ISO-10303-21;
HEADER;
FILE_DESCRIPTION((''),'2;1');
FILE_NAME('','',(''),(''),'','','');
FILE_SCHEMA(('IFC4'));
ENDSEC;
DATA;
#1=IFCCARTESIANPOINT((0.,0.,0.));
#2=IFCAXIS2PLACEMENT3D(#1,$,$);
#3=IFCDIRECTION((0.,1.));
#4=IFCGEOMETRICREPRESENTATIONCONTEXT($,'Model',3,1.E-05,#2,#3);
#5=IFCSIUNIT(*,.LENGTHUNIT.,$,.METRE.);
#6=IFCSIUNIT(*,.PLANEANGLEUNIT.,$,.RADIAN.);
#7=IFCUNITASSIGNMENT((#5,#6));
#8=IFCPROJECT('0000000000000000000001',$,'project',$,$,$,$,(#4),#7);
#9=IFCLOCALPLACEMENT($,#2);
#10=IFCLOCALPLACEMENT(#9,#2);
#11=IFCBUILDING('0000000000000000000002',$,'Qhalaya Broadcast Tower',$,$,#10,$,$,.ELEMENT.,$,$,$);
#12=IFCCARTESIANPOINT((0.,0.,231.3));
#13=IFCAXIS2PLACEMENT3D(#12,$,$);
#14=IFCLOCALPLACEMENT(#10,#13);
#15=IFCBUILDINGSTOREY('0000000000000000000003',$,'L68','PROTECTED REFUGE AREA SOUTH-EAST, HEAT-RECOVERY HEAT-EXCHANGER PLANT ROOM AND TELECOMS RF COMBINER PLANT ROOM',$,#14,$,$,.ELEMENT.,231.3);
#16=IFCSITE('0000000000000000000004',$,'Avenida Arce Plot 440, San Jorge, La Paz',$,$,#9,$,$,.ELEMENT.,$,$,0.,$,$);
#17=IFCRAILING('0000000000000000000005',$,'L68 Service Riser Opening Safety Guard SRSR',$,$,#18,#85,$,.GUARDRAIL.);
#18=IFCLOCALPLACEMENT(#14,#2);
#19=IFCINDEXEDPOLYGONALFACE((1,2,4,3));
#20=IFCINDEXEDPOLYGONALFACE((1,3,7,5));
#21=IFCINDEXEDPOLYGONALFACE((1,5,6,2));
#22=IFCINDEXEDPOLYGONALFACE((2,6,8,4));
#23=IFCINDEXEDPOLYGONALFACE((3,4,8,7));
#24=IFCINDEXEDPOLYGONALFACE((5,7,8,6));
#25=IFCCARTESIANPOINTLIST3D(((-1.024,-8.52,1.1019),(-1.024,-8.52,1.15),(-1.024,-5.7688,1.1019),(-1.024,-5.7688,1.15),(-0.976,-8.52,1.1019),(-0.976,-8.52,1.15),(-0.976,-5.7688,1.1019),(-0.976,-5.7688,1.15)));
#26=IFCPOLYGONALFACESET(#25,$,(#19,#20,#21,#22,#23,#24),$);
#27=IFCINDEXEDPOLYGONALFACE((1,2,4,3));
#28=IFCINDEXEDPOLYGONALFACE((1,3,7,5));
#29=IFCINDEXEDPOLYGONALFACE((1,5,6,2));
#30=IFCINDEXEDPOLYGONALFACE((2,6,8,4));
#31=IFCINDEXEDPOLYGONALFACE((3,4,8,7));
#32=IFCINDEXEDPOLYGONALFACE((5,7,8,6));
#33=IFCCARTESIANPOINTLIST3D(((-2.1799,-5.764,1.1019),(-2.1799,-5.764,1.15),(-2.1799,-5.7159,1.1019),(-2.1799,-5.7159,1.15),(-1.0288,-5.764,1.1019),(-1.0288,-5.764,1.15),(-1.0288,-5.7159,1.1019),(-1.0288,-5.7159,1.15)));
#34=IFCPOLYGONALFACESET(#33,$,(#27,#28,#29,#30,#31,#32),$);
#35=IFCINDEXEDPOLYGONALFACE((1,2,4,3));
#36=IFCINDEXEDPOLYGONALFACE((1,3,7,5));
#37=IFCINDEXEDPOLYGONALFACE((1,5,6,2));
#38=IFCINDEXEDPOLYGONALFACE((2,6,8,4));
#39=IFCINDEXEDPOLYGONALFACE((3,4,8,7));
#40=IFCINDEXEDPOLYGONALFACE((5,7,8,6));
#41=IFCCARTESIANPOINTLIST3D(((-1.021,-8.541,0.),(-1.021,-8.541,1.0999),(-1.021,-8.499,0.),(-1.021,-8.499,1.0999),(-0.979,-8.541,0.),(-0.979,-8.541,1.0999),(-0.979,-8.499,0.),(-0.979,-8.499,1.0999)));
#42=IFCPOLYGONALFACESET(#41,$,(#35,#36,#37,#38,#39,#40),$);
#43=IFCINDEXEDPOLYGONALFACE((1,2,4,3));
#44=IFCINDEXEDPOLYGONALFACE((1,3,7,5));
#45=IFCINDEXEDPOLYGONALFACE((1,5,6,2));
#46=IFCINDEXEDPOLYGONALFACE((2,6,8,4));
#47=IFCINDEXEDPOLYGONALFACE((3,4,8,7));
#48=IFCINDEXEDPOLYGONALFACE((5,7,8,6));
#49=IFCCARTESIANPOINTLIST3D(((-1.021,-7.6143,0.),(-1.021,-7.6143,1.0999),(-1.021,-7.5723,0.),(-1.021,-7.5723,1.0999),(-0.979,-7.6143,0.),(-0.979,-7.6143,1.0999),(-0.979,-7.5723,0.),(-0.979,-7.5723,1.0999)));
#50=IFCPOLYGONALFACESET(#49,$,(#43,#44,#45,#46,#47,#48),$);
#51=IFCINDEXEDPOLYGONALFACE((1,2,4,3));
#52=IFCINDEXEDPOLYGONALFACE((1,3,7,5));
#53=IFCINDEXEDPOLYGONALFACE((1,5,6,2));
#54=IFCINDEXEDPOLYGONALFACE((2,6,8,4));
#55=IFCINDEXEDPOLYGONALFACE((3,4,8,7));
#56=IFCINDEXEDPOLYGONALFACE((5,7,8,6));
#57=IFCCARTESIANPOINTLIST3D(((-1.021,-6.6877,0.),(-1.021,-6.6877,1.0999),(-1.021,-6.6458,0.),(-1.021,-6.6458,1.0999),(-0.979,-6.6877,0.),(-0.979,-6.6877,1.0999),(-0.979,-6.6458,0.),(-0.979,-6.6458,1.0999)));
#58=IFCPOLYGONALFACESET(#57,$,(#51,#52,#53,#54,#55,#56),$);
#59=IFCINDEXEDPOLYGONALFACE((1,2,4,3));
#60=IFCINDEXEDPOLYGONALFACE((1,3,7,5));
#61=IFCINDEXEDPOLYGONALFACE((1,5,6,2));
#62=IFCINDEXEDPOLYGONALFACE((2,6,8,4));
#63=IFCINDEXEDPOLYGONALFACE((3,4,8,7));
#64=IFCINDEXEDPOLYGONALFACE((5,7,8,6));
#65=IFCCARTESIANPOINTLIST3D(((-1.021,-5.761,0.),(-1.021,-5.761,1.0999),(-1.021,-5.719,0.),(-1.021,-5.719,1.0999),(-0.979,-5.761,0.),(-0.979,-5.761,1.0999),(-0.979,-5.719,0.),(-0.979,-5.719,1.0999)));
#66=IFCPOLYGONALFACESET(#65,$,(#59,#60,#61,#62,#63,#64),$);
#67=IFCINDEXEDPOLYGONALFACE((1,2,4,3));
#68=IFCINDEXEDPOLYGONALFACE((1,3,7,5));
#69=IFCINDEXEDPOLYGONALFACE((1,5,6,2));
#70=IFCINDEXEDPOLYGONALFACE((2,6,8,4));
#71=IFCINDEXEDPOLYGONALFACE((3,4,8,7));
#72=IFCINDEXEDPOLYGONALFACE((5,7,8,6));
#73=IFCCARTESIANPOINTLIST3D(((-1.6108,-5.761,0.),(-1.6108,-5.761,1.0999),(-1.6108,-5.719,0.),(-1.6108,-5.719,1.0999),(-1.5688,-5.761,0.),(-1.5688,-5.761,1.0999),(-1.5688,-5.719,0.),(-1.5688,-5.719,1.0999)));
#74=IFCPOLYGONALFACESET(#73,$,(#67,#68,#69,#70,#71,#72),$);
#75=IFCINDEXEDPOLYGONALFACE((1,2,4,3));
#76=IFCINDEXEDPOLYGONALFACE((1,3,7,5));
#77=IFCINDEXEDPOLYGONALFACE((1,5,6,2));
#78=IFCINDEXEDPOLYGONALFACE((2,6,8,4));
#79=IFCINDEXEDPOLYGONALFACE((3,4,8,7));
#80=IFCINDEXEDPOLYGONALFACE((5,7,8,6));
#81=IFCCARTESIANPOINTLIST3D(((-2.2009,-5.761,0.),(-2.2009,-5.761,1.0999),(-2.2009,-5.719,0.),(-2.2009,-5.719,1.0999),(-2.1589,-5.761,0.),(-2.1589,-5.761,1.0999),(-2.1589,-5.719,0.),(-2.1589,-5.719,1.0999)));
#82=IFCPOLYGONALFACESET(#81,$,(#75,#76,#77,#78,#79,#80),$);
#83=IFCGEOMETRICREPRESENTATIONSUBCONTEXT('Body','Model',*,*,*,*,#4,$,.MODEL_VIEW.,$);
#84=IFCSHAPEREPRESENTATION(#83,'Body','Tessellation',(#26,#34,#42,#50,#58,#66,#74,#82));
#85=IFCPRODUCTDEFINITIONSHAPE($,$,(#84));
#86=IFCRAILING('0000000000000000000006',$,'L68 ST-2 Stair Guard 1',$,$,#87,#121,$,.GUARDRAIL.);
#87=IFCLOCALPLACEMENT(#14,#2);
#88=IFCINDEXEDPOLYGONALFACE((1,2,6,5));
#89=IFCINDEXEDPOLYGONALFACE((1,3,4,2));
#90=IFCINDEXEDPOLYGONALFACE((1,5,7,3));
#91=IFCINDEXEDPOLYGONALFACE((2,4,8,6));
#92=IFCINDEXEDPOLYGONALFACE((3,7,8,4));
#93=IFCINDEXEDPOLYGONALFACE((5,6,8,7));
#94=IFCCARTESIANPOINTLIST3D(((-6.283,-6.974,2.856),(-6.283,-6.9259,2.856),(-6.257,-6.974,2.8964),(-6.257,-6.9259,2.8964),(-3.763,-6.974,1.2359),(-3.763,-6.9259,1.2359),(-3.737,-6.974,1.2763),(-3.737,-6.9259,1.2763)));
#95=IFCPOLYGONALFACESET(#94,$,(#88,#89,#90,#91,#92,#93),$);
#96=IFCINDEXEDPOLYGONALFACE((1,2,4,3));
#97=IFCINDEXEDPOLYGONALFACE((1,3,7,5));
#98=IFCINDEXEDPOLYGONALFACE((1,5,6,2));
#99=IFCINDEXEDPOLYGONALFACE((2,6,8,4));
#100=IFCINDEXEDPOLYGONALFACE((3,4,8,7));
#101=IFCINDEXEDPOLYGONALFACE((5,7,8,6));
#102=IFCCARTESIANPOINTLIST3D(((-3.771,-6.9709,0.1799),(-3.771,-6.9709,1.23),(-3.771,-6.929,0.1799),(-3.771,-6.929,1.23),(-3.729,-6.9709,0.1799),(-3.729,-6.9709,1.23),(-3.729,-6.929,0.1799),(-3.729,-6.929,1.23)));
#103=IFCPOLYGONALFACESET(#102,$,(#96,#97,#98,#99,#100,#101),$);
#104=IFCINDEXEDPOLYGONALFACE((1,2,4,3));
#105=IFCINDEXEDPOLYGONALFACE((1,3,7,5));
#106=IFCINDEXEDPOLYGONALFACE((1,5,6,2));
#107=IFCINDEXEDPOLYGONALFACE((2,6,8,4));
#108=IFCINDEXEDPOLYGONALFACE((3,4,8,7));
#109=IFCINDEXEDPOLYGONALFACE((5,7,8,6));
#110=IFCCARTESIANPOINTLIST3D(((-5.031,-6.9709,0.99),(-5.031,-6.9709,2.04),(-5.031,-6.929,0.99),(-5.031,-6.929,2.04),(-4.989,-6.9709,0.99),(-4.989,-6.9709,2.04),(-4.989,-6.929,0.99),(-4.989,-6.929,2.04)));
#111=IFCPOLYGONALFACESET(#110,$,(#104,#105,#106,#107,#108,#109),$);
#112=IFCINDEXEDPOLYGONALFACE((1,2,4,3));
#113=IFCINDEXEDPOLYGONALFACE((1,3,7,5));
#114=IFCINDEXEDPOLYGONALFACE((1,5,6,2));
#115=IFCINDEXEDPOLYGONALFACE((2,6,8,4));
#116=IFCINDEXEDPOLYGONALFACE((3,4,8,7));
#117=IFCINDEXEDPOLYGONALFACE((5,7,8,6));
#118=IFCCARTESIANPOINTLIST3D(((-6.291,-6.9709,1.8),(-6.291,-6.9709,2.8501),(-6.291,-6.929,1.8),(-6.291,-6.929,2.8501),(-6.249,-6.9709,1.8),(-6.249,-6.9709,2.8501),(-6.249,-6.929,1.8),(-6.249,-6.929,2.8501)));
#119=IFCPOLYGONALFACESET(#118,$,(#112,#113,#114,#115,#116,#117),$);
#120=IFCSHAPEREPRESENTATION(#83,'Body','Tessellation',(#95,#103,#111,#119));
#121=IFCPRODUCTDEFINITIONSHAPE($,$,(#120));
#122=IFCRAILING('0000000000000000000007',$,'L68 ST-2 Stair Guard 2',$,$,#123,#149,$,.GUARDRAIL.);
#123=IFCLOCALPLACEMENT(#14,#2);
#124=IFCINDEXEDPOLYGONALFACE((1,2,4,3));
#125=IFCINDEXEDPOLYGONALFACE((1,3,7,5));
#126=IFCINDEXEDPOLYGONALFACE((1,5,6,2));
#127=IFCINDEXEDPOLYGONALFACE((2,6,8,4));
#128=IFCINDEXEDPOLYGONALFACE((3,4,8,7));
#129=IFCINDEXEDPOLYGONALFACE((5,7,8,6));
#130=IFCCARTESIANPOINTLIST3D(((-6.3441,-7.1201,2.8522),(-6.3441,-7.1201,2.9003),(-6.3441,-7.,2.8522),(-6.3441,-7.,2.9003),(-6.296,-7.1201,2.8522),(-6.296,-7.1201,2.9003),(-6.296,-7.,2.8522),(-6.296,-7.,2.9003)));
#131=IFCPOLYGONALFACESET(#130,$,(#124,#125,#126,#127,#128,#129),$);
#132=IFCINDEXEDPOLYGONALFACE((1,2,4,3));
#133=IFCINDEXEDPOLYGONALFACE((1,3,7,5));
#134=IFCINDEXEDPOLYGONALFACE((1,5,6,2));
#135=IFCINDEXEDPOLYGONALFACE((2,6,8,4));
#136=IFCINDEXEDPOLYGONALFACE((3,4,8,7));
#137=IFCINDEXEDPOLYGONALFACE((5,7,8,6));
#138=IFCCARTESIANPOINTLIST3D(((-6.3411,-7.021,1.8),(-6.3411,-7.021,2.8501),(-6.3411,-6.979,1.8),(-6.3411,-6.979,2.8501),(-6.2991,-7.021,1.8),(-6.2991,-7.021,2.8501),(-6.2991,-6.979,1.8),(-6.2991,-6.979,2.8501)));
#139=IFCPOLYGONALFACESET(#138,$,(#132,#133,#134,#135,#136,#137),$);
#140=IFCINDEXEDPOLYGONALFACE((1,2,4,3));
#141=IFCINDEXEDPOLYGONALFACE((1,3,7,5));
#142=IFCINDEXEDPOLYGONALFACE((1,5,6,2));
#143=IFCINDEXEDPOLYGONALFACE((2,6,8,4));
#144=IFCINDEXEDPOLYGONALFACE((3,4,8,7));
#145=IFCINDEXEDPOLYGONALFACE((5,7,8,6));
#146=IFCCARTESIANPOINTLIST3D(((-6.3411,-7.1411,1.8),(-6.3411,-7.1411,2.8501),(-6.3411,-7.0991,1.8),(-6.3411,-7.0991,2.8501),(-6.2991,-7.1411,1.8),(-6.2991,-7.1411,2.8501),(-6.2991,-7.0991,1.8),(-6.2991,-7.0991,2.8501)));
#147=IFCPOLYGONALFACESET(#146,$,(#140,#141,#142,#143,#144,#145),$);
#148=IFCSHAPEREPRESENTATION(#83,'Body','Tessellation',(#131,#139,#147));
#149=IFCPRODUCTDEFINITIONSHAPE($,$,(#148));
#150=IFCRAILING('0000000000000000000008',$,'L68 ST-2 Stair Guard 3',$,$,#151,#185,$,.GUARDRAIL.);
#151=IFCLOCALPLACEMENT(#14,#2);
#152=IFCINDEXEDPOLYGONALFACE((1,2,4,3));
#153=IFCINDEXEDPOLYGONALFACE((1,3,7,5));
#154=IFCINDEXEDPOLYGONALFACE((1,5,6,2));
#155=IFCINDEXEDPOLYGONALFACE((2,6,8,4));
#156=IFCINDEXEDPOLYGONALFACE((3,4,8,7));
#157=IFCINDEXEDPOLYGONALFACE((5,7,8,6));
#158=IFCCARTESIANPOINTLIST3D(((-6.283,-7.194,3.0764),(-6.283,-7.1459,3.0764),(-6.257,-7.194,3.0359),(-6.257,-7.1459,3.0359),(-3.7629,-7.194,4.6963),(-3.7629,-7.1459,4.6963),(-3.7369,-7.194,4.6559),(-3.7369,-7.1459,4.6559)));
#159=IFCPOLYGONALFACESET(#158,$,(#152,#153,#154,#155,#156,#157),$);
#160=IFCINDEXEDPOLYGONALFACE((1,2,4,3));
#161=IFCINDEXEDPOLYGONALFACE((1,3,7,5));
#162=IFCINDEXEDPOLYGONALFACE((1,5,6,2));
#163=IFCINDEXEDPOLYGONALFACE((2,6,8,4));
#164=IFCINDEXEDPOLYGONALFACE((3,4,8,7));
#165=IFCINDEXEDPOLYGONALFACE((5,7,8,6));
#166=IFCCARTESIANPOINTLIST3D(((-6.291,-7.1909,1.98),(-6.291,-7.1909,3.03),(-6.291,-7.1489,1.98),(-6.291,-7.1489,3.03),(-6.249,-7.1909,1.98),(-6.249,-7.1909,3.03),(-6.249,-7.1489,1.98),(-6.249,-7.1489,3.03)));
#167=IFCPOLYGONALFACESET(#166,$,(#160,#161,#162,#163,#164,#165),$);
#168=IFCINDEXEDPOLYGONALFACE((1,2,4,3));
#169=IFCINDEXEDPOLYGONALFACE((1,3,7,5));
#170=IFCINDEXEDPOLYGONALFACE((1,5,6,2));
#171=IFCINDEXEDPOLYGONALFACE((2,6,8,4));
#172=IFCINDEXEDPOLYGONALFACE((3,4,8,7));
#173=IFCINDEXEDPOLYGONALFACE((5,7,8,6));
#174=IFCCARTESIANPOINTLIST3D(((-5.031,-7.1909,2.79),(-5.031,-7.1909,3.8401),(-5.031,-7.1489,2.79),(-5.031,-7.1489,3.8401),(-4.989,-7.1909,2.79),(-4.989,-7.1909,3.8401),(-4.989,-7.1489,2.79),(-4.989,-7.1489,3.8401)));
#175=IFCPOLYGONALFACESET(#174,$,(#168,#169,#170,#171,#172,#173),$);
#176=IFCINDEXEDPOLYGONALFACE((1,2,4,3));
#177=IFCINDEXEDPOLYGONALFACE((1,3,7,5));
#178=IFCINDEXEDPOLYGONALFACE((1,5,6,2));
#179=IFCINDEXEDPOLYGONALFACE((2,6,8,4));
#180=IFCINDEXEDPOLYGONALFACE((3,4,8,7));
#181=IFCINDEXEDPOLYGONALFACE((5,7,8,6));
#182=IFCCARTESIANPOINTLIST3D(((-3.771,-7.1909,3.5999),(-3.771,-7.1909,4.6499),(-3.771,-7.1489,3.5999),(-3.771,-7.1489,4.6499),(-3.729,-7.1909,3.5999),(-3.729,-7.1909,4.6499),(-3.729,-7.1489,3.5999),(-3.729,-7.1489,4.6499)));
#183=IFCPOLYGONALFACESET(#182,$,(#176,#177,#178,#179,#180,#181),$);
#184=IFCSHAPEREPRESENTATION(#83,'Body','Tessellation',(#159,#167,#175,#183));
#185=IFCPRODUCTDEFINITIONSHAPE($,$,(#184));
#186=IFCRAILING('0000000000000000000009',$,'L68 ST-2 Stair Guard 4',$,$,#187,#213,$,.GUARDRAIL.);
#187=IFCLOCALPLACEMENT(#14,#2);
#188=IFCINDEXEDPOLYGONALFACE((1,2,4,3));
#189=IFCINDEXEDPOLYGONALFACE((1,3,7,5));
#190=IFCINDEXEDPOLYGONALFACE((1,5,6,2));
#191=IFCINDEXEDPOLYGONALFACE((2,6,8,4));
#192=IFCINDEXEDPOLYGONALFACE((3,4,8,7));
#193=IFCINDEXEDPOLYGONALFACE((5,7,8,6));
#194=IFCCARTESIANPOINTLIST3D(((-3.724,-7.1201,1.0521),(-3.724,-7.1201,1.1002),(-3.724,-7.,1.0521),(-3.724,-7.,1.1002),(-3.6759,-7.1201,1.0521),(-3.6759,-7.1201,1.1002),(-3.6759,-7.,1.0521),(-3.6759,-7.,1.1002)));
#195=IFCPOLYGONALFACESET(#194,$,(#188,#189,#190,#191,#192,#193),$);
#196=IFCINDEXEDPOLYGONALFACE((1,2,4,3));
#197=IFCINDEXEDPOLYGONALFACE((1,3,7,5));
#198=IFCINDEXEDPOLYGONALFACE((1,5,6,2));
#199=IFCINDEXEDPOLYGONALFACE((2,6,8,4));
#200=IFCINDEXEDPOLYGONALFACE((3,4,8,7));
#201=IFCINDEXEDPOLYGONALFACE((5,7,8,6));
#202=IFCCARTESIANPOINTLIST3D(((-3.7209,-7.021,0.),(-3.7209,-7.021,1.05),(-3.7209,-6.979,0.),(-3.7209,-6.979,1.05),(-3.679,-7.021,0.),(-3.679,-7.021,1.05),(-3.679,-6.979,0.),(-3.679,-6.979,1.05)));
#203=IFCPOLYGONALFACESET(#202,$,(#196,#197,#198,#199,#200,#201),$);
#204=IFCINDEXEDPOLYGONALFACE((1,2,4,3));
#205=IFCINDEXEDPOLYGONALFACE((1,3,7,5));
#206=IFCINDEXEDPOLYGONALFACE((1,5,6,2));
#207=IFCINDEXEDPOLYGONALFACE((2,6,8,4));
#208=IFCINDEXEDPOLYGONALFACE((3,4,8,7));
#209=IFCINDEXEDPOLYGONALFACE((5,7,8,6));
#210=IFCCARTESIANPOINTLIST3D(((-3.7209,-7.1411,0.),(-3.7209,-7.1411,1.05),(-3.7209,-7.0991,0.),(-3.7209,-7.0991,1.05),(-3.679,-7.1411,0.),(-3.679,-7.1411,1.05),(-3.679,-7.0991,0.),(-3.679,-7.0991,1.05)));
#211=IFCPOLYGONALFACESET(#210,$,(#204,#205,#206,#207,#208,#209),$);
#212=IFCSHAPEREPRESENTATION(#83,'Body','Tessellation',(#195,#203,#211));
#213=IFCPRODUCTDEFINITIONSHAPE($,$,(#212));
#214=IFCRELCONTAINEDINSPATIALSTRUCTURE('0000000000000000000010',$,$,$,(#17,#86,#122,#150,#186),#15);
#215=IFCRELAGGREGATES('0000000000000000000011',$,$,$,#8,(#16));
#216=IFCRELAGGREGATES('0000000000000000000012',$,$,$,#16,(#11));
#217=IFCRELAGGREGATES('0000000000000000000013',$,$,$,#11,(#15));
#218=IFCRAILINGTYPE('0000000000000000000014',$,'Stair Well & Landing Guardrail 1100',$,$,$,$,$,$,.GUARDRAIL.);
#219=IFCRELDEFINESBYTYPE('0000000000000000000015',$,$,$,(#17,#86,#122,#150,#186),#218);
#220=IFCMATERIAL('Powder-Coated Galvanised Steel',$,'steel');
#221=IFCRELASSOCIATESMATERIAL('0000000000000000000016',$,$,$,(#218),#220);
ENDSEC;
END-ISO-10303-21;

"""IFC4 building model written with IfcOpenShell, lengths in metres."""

from ifc_helpers import new_model, si_unit, direction, frame, origin, origin_2d, place, context, subcontext, project, spatial, rectangle, extrude, material, type_object, element, save


model = new_model("IFC4")

# Units and contexts
model_context = context("Model", 3, precision=1e-05, world=origin(), true_north=direction((0.0, 1.0)))
body_context = subcontext(model_context, "Body", "Model", "MODEL_VIEW")
ifc_project = project(units=[si_unit("LENGTHUNIT", "METRE"), si_unit("PLANEANGLEUNIT", "RADIAN")], contexts=[model_context])

# Site, building, storey
site_placement = place(None, origin())
site = spatial("IfcSite", under=ifc_project, at=site_placement, Name="Avenida Arce Plot 440, San Jorge, La Paz", CompositionType="ELEMENT", RefElevation=0.0)
building_placement = place(site_placement, origin())
building = spatial("IfcBuilding", under=site, at=building_placement, Name="Qhalaya Broadcast Tower", CompositionType="ELEMENT")
storey_placement = place(building_placement, frame((0.0, 0.0, 231.3)))
storey = spatial("IfcBuildingStorey", under=building, at=storey_placement, Name="L68", Description="PROTECTED REFUGE AREA SOUTH-EAST, HEAT-RECOVERY HEAT-EXCHANGER PLANT ROOM AND TELECOMS RF COMBINER PLANT ROOM", CompositionType="ELEMENT", Elevation=231.3)

# Railings
ifc_material_1 = material(Name="Powder-Coated Galvanised Steel", Category="steel")
railing_type_1 = type_object("IfcRailingType", Name="Stair Well & Landing Guardrail 1100", PredefinedType="GUARDRAIL", material=ifc_material_1)
railing_1_placement = place(storey_placement, frame((-1.0, -8.52, 0.0)))
element("IfcRailing", 1, at=railing_1_placement, inside=storey, type_object=railing_type_1, Name="L68 Service Riser Opening Safety Guard SRSR", PredefinedType="GUARDRAIL", context=body_context, shape_type="SweptSolid", body=[
    extrude(rectangle(XDim=0.0481, YDim=0.0481, at=origin_2d()), frame((0.0, 0.0, 1.126), z_axis=(0.0, 1.0, 0.0), x_axis=(-1.0, 0.0, 0.0)), (0.0, 0.0, 1.0), 2.7512),
    extrude(rectangle(XDim=0.0481, YDim=0.0481, at=origin_2d()), frame((-0.0288, 2.78, 1.126), z_axis=(-1.0, 0.0, 0.0), x_axis=(0.0, -1.0, 0.0)), (0.0, 0.0, 1.0), 1.1511),
    extrude(rectangle(XDim=0.042, YDim=0.042, at=origin_2d()), origin(), (0.0, 0.0, 1.0), 1.0999),
    extrude(rectangle(XDim=0.042, YDim=0.042, at=origin_2d()), frame((0.0, 0.9268, 0.0)), (0.0, 0.0, 1.0), 1.0999),
    extrude(rectangle(XDim=0.042, YDim=0.042, at=origin_2d()), frame((0.0, 1.8533, 0.0)), (0.0, 0.0, 1.0), 1.0999),
    extrude(rectangle(XDim=0.042, YDim=0.042, at=origin_2d()), frame((0.0, 2.78, 0.0)), (0.0, 0.0, 1.0), 1.0999),
    extrude(rectangle(XDim=0.042, YDim=0.042, at=origin_2d()), frame((-0.5898, 2.78, 0.0)), (0.0, 0.0, 1.0), 1.0999),
    extrude(rectangle(XDim=0.042, YDim=0.042, at=origin_2d()), frame((-1.1799, 2.78, 0.0)), (0.0, 0.0, 1.0), 1.0999),
])
railing_2_placement = place(storey_placement, frame((-3.75, -6.95, 0.1799)))
element("IfcRailing", 2, at=railing_2_placement, inside=storey, type_object=railing_type_1, Name="L68 ST-2 Stair Guard 1", PredefinedType="GUARDRAIL", context=body_context, shape_type="SweptSolid", body=[
    extrude(rectangle(XDim=0.0481, YDim=0.0481, at=origin_2d()), frame((0.0, 0.0, 1.0762), z_axis=(-0.841163, 0.0, 0.540782), x_axis=(0.0, -1.0, 0.0)), (0.0, 0.0, 1.0), 2.9958),
    extrude(rectangle(XDim=0.042, YDim=0.042, at=origin_2d()), origin(), (0.0, 0.0, 1.0), 1.05),
    extrude(rectangle(XDim=0.042, YDim=0.042, at=origin_2d()), frame((-1.26, 0.0, 0.8101)), (0.0, 0.0, 1.0), 1.05),
    extrude(rectangle(XDim=0.042, YDim=0.042, at=origin_2d()), frame((-2.52, 0.0, 1.6201)), (0.0, 0.0, 1.0), 1.05),
])
railing_3_placement = place(storey_placement, frame((-6.3201, -7.0, 1.8)))
element("IfcRailing", 3, at=railing_3_placement, inside=storey, type_object=railing_type_1, Name="L68 ST-2 Stair Guard 2", PredefinedType="GUARDRAIL", context=body_context, shape_type="SweptSolid", body=[
    extrude(rectangle(XDim=0.0481, YDim=0.0481, at=origin_2d()), frame((0.0, 0.0, 1.0762), z_axis=(0.0, -1.0, 0.0), x_axis=(1.0, 0.0, 0.0)), (0.0, 0.0, 1.0), 0.1201),
    extrude(rectangle(XDim=0.042, YDim=0.042, at=origin_2d()), origin(), (0.0, 0.0, 1.0), 1.05),
    extrude(rectangle(XDim=0.042, YDim=0.042, at=origin_2d()), frame((0.0, -0.1201, 0.0)), (0.0, 0.0, 1.0), 1.05),
])
railing_4_placement = place(storey_placement, frame((-6.27, -7.1699, 1.98)))
element("IfcRailing", 4, at=railing_4_placement, inside=storey, type_object=railing_type_1, Name="L68 ST-2 Stair Guard 3", PredefinedType="GUARDRAIL", context=body_context, shape_type="SweptSolid", body=[
    extrude(rectangle(XDim=0.0481, YDim=0.0481, at=origin_2d()), frame((0.0, 0.0, 1.0762), z_axis=(0.8412, 0.0, 0.540725), x_axis=(0.0, 1.0, 0.0)), (0.0, 0.0, 1.0), 2.9958),
    extrude(rectangle(XDim=0.042, YDim=0.042, at=origin_2d()), origin(), (0.0, 0.0, 1.0), 1.05),
    extrude(rectangle(XDim=0.042, YDim=0.042, at=origin_2d()), frame((1.26, 0.0, 0.8101)), (0.0, 0.0, 1.0), 1.05),
    extrude(rectangle(XDim=0.042, YDim=0.042, at=origin_2d()), frame((2.52, 0.0, 1.6199)), (0.0, 0.0, 1.0), 1.05),
])
railing_5_placement = place(storey_placement, frame((-3.7, -7.0, 0.0)))
element("IfcRailing", 5, at=railing_5_placement, inside=storey, type_object=railing_type_1, Name="L68 ST-2 Stair Guard 4", PredefinedType="GUARDRAIL", context=body_context, shape_type="SweptSolid", body=[
    extrude(rectangle(XDim=0.0481, YDim=0.0481, at=origin_2d()), frame((0.0, 0.0, 1.0762), z_axis=(0.0, -1.0, 0.0), x_axis=(1.0, 0.0, 0.0)), (0.0, 0.0, 1.0), 0.1201),
    extrude(rectangle(XDim=0.042, YDim=0.042, at=origin_2d()), origin(), (0.0, 0.0, 1.0), 1.05),
    extrude(rectangle(XDim=0.042, YDim=0.042, at=origin_2d()), frame((0.0, -0.1201, 0.0)), (0.0, 0.0, 1.0), 1.05),
])

save(model, "model.ifc")
